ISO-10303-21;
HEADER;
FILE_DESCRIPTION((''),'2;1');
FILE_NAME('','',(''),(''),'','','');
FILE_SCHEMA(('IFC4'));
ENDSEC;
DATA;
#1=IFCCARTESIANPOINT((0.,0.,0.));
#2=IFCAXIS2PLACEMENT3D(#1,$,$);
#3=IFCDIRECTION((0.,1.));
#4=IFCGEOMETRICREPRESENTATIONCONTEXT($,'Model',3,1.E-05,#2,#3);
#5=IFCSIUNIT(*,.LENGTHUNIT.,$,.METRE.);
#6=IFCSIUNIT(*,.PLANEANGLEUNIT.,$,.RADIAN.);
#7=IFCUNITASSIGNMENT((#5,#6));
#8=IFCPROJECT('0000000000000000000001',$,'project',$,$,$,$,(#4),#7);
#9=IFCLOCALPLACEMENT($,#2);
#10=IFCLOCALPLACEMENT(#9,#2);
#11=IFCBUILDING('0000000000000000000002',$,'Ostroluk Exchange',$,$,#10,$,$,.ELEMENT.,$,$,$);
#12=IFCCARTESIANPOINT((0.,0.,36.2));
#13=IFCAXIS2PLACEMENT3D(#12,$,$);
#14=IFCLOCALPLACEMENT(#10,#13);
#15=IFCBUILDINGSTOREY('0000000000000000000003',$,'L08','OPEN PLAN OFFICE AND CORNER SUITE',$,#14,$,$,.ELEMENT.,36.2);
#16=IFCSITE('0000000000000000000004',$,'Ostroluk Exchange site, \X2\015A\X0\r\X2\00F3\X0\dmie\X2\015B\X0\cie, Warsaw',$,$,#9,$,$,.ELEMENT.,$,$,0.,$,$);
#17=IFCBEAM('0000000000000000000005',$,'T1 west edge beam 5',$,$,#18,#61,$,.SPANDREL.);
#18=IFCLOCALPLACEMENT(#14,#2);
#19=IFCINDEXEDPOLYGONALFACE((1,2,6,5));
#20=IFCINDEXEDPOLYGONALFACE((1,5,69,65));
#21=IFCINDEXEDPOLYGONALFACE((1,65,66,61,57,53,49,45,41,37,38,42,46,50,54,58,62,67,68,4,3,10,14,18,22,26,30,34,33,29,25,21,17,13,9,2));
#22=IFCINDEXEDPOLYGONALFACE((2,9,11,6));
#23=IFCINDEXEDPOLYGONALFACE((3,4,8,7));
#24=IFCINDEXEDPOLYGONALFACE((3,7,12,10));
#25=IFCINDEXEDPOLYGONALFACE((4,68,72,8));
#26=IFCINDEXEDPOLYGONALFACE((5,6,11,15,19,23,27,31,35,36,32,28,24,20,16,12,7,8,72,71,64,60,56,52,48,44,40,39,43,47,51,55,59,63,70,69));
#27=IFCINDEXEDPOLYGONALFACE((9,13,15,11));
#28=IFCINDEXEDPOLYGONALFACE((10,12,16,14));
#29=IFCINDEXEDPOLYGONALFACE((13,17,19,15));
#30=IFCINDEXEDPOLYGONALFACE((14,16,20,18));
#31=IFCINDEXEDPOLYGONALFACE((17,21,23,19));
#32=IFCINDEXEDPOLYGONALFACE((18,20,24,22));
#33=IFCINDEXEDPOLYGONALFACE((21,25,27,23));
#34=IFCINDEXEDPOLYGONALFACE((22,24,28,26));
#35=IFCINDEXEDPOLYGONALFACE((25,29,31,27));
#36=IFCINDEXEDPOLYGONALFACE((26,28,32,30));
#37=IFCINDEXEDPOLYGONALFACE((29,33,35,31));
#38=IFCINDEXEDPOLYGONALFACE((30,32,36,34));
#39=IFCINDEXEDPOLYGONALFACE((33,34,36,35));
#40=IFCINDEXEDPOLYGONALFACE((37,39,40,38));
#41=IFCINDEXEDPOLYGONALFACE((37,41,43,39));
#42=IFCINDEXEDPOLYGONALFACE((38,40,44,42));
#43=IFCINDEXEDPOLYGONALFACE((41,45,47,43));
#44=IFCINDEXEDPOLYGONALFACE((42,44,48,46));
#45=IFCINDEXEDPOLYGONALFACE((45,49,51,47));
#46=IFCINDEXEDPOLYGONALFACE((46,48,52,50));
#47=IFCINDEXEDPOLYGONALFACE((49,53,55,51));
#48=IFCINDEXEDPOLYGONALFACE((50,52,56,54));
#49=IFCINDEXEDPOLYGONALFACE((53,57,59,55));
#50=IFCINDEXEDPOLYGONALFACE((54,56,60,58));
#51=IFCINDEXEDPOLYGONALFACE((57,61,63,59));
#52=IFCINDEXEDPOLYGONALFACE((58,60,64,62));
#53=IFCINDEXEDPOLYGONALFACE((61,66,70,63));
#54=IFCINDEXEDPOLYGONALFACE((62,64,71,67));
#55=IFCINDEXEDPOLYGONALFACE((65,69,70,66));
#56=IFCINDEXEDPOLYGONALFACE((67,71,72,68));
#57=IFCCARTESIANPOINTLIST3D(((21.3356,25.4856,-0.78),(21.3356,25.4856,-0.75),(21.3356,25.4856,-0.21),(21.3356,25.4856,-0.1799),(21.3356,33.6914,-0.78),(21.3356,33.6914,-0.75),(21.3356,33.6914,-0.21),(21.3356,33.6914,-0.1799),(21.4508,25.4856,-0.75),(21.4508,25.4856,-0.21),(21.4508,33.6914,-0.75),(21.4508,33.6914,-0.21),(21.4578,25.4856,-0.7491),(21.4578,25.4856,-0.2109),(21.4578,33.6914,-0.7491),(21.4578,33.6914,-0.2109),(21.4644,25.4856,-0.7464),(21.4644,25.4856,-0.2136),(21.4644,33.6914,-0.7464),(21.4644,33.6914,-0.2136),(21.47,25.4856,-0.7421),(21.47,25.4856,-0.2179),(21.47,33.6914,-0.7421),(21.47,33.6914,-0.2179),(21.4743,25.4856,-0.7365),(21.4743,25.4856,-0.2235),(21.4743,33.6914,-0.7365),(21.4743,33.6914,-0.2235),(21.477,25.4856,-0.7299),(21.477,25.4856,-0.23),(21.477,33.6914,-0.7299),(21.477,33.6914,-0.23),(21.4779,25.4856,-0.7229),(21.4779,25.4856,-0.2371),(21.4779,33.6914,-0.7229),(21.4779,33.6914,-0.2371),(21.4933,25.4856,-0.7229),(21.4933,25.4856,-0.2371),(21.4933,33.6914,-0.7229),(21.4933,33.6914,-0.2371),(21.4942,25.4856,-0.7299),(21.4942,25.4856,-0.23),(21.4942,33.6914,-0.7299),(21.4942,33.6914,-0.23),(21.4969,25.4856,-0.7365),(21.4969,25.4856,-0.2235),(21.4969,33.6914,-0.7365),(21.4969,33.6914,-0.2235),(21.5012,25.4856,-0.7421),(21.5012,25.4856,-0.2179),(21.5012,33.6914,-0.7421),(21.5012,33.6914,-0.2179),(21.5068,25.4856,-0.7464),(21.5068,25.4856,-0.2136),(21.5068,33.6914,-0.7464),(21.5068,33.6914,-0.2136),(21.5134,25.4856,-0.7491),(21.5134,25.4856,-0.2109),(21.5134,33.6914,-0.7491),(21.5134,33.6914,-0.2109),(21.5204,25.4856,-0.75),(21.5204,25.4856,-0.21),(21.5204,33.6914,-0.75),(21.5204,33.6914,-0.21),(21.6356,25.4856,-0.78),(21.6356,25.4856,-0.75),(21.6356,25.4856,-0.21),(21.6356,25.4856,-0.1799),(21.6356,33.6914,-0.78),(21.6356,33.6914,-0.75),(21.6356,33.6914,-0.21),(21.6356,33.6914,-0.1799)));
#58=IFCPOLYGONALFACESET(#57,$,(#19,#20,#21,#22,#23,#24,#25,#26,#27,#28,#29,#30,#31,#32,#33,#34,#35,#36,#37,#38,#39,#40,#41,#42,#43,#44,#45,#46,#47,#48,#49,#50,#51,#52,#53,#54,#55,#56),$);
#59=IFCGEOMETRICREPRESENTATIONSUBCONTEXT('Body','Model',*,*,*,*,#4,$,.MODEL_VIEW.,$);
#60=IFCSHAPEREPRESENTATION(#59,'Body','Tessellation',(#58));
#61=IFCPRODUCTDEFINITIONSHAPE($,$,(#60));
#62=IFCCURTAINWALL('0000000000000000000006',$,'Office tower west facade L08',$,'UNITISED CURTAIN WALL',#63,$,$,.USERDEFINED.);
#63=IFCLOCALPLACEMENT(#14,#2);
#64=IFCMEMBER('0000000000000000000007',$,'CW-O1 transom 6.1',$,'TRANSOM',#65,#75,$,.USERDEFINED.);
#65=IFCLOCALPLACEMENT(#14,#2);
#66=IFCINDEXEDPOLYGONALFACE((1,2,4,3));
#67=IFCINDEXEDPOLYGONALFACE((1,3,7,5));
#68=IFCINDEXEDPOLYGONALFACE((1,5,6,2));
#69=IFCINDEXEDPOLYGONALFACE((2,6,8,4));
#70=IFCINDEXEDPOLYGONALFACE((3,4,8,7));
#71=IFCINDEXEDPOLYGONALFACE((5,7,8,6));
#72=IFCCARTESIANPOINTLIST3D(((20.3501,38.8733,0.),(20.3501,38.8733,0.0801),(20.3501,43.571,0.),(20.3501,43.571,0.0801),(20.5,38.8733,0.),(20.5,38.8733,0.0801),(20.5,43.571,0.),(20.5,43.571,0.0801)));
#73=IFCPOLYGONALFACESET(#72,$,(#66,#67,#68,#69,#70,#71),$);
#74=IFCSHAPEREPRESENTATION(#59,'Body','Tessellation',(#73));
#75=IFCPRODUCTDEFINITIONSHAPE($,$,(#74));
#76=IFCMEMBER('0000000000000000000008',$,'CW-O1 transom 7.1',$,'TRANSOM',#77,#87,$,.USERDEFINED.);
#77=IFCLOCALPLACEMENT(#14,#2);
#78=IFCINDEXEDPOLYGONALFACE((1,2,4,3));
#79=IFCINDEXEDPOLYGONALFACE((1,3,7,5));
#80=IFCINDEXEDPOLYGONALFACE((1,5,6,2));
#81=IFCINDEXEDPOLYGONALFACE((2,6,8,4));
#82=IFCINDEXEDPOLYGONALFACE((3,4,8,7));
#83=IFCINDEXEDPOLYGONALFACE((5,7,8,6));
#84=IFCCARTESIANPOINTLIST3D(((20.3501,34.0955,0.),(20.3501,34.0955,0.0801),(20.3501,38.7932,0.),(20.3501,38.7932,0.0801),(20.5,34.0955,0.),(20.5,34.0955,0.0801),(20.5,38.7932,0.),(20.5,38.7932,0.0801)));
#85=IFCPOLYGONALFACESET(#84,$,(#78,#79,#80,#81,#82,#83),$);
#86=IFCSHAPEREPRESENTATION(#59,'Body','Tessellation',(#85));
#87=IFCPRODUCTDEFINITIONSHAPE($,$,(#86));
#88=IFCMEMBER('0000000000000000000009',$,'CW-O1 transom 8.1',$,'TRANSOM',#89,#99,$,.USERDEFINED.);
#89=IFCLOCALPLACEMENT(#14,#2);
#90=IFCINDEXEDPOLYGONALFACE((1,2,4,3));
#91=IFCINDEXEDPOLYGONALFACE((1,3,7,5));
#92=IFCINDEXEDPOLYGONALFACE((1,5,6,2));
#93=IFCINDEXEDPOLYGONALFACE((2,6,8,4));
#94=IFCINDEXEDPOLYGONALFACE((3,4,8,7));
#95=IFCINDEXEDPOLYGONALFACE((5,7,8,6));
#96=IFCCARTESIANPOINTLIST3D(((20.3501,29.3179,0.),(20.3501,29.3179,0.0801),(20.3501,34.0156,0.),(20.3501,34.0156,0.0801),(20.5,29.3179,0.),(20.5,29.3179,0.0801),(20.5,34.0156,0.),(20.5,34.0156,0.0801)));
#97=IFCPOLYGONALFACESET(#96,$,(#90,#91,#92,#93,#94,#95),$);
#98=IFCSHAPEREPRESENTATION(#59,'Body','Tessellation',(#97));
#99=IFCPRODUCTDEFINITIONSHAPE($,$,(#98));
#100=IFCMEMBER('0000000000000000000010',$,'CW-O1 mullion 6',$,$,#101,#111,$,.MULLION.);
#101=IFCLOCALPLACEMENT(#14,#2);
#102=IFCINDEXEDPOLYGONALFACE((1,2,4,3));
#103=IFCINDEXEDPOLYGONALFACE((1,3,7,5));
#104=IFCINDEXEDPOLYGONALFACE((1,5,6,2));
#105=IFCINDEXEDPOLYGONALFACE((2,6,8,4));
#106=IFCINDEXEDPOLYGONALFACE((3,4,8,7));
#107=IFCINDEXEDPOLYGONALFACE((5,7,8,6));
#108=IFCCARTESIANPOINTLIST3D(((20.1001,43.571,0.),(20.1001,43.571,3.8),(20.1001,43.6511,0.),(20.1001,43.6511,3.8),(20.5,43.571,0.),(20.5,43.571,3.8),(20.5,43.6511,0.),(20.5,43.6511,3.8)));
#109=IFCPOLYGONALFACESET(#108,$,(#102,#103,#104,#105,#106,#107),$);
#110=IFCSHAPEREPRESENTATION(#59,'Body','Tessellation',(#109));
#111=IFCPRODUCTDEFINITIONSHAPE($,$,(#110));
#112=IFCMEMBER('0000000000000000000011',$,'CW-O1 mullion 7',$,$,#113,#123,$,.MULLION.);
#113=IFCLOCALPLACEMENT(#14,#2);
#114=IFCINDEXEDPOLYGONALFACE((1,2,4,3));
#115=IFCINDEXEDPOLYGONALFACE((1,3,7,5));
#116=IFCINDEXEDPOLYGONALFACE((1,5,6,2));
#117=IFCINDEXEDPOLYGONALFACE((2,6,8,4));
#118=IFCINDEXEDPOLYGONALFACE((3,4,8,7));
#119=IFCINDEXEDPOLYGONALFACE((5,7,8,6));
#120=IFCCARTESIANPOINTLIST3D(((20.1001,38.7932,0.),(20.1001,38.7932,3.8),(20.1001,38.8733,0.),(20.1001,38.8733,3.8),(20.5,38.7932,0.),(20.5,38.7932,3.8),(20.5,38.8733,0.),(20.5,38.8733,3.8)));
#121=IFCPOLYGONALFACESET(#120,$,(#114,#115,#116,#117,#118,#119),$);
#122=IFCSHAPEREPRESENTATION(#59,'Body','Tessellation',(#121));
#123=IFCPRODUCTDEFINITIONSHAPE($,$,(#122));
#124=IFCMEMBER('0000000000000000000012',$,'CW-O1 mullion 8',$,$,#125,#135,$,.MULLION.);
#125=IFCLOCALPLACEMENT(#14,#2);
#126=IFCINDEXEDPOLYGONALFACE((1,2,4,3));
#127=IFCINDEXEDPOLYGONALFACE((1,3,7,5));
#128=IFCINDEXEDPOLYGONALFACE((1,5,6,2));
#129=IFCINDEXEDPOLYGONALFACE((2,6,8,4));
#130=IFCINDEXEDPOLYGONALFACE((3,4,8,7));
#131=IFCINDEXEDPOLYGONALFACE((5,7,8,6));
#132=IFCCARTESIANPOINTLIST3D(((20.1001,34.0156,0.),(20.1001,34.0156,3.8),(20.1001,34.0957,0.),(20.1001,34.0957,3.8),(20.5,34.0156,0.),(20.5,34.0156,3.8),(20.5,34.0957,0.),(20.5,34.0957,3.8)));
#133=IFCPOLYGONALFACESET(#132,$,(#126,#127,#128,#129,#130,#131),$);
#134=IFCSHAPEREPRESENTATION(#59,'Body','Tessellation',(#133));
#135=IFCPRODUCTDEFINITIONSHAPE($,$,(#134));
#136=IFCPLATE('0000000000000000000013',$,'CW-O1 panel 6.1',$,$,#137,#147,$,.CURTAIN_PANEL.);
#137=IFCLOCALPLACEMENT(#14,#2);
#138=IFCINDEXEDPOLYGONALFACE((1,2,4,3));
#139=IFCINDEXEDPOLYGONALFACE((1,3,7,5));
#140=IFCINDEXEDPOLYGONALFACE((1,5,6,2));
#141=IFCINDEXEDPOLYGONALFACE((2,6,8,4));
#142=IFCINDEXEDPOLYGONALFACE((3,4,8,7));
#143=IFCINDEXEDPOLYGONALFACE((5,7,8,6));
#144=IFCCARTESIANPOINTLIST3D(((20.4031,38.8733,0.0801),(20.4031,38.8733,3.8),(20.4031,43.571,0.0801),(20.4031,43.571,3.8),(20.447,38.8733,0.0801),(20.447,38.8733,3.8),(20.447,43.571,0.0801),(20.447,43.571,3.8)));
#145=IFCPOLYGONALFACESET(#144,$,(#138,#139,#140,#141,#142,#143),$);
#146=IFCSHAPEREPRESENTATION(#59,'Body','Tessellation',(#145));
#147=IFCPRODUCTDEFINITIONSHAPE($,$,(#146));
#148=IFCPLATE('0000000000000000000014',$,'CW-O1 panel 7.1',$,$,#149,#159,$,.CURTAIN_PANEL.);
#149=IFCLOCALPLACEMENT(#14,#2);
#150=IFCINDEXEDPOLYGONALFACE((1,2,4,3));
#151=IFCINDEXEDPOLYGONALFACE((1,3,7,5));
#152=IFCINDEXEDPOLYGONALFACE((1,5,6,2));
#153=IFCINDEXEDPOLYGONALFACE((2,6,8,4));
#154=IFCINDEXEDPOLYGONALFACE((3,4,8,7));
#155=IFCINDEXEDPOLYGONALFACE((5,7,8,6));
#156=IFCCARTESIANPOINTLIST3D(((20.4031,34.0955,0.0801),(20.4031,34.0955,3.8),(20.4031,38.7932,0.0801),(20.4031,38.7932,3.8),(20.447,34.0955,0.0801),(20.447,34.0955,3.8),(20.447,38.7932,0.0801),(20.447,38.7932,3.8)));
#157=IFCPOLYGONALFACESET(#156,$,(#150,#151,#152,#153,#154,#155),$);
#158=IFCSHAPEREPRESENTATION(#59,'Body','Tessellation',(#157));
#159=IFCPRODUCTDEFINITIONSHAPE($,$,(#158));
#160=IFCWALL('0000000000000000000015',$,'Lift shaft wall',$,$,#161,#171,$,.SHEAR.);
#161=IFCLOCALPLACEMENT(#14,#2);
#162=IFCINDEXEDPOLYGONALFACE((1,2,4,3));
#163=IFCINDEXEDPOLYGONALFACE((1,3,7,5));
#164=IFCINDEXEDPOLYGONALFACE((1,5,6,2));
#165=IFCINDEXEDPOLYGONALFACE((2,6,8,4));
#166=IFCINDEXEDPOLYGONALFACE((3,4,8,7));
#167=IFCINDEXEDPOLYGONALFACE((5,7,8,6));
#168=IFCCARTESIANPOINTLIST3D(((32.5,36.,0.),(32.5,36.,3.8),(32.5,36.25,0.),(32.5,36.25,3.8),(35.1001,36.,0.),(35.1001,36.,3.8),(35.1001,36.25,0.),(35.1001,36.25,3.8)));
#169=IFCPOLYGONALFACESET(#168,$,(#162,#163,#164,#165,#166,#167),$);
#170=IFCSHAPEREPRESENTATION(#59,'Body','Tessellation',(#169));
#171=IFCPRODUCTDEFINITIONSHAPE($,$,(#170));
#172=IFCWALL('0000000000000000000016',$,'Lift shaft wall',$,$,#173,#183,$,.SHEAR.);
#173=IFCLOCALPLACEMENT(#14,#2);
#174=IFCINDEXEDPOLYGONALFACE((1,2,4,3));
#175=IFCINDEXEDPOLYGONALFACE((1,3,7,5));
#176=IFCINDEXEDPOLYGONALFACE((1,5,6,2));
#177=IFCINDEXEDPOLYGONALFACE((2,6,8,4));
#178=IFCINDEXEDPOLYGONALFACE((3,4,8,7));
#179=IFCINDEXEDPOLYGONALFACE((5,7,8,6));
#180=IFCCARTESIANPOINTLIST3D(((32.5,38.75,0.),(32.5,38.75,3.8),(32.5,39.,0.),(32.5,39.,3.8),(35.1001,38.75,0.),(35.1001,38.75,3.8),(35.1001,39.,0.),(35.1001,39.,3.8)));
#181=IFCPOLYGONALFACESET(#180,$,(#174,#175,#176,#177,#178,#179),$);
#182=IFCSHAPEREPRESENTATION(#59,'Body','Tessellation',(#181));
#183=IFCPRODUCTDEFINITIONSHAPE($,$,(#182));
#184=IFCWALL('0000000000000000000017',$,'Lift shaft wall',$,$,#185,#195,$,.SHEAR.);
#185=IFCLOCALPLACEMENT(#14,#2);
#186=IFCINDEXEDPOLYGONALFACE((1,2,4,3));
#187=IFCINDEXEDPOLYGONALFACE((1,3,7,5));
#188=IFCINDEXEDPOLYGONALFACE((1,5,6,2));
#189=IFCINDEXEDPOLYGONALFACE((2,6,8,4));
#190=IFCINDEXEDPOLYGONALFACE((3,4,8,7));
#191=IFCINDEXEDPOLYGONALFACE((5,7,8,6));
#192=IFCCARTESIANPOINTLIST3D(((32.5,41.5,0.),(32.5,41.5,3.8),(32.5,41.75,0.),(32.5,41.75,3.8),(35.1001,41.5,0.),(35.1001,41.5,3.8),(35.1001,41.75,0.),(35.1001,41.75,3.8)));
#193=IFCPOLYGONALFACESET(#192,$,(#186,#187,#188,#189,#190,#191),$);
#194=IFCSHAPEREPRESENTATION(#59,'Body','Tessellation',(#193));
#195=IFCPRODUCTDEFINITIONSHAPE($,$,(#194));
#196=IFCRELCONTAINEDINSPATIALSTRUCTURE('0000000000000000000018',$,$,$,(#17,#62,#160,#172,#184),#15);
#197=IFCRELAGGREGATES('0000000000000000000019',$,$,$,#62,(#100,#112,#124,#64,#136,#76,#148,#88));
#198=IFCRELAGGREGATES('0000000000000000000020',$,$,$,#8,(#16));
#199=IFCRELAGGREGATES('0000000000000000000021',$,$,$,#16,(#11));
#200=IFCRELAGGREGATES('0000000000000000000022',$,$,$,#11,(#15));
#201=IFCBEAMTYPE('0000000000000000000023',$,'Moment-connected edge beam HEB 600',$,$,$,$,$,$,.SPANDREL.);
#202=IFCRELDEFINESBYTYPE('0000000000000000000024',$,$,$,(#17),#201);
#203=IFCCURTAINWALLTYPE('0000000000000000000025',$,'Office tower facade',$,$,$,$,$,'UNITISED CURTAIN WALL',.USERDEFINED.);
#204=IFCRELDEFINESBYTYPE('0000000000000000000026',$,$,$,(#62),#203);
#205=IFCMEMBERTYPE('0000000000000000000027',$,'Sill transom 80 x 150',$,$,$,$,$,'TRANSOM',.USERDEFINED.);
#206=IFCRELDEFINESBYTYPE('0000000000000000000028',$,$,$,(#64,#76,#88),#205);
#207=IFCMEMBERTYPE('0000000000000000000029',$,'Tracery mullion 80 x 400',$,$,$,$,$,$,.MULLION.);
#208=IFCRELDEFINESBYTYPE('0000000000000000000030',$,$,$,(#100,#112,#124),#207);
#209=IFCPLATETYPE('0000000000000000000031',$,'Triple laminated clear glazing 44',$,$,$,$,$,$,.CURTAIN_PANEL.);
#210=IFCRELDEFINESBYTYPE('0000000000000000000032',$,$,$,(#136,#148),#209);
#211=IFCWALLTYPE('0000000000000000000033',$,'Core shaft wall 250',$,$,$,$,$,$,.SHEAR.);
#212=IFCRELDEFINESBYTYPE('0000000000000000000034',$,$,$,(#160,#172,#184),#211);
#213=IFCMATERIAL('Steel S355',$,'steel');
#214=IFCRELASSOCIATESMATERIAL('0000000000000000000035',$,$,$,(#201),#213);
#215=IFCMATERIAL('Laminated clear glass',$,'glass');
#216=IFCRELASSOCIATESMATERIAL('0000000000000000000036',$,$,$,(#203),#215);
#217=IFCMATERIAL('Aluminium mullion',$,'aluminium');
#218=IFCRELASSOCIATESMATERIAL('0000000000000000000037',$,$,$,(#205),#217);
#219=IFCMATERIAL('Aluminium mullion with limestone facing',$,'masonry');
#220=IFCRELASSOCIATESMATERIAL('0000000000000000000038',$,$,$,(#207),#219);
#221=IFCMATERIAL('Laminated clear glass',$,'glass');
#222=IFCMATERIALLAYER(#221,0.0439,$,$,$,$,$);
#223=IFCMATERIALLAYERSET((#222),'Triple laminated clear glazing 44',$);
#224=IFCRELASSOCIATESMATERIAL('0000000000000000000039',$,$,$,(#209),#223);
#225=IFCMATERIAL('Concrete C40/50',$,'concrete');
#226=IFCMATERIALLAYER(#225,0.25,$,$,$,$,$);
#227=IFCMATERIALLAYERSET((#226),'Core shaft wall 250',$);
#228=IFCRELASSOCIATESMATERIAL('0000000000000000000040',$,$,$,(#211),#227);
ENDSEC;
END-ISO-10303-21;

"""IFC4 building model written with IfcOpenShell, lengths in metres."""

from ifc_helpers import new_model, si_unit, direction, frame, frame_2d, origin, origin_2d, place, context, subcontext, project, spatial, rectangle, i_section, extrude, material, layer, layer_set, material_profile, profile_set, type_object, element, aggregate, save


model = new_model("IFC4")

# Units and contexts
model_context = context("Model", 3, precision=1e-05, world=origin(), true_north=direction((0.0, 1.0)))
body_context = subcontext(model_context, "Body", "Model", "MODEL_VIEW")
ifc_project = project(units=[si_unit("LENGTHUNIT", "METRE"), si_unit("PLANEANGLEUNIT", "RADIAN")], contexts=[model_context])

# Site, building, storey
site_placement = place(None, origin())
site = spatial("IfcSite", under=ifc_project, at=site_placement, Name="Ostroluk Exchange site, Śródmieście, Warsaw", CompositionType="ELEMENT", RefElevation=0.0)
building_placement = place(site_placement, origin())
building = spatial("IfcBuilding", under=site, at=building_placement, Name="Ostroluk Exchange", CompositionType="ELEMENT")
storey_placement = place(building_placement, frame((0.0, 0.0, 36.2)))
storey = spatial("IfcBuildingStorey", under=building, at=storey_placement, Name="L08", Description="OPEN PLAN OFFICE AND CORNER SUITE", CompositionType="ELEMENT", Elevation=36.2)

# Beam
ifc_material_1 = material(Name="Steel S355", Category="steel")
ifc_material_profile_1 = material_profile(ifc_material_1, i_section(OverallWidth=0.3, OverallDepth=0.6001, WebThickness=0.0154, FlangeThickness=0.03, FilletRadius=0.0271, at=origin_2d()), Name="HEB 600")
ifc_profile_set_1 = profile_set([ifc_material_profile_1], Name="Steel S355")
beam_type_1 = type_object("IfcBeamType", Name="Moment-connected edge beam HEB 600", PredefinedType="SPANDREL", material=ifc_profile_set_1)
for number, where, z_axis, x_axis, name in (
    (1, (21.4856, 33.6914, -0.48), (0.0, -1.0, 0.0), (1.0, 0.0, 0.0), "T1 west edge beam 5"),
):
    element("IfcBeam", number, at=place(storey_placement, frame(where, z_axis=z_axis, x_axis=x_axis)), inside=storey, type_object=beam_type_1, Name=name, PredefinedType="SPANDREL", context=body_context, shape_type="SweptSolid", body=[
        extrude(i_section(OverallWidth=0.3, OverallDepth=0.6001, WebThickness=0.0154, FlangeThickness=0.03, FilletRadius=0.0271, at=origin_2d()), origin(), (0.0, 0.0, 1.0), 8.2058),
    ])

# Curtain wall, members, plates
ifc_material_2 = material(Name="Laminated clear glass", Category="glass")
curtain_wall_type = type_object("IfcCurtainWallType", Name="Office tower facade", ElementType="UNITISED CURTAIN WALL", PredefinedType="USERDEFINED", material=ifc_material_2)
curtain_wall_placement = place(storey_placement, origin())
curtain_wall = element("IfcCurtainWall", 2, at=curtain_wall_placement, inside=storey, type_object=curtain_wall_type, Name="Office tower west facade L08", ObjectType="UNITISED CURTAIN WALL", PredefinedType="USERDEFINED")
ifc_material_3 = material(Name="Aluminium mullion", Category="aluminium")
ifc_material_profile_2 = material_profile(ifc_material_3, rectangle(XDim=0.1499, YDim=0.0801, at=origin_2d()), Name="Sill transom 80 x 150")
ifc_profile_set_2 = profile_set([ifc_material_profile_2], Name="Aluminium mullion")
member_type_1 = type_object("IfcMemberType", Name="Sill transom 80 x 150", ElementType="TRANSOM", PredefinedType="USERDEFINED", material=ifc_profile_set_2)
member_1_placement = place(storey_placement, frame((20.425, 43.571, 0.04), z_axis=(0.0, -1.0, 0.0), x_axis=(1.0, 0.0, 0.0)))
member_1 = element("IfcMember", 3, at=member_1_placement, type_object=member_type_1, Name="CW-O1 transom 6.1", ObjectType="TRANSOM", PredefinedType="USERDEFINED", context=body_context, shape_type="SweptSolid", body=[
    extrude(rectangle(XDim=0.1499, YDim=0.0801, at=origin_2d()), origin(), (0.0, 0.0, 1.0), 4.6978),
])
member_2_placement = place(storey_placement, frame((20.425, 38.7932, 0.04), z_axis=(0.0, -1.0, 0.0), x_axis=(1.0, 0.0, 0.0)))
member_2 = element("IfcMember", 4, at=member_2_placement, type_object=member_type_1, Name="CW-O1 transom 7.1", ObjectType="TRANSOM", PredefinedType="USERDEFINED", context=body_context, shape_type="SweptSolid", body=[
    extrude(rectangle(XDim=0.1499, YDim=0.0801, at=origin_2d()), origin(), (0.0, 0.0, 1.0), 4.6978),
])
member_3_placement = place(storey_placement, frame((20.425, 34.0156, 0.04), z_axis=(0.0, -1.0, 0.0), x_axis=(1.0, 0.0, 0.0)))
member_3 = element("IfcMember", 5, at=member_3_placement, type_object=member_type_1, Name="CW-O1 transom 8.1", ObjectType="TRANSOM", PredefinedType="USERDEFINED", context=body_context, shape_type="SweptSolid", body=[
    extrude(rectangle(XDim=0.1499, YDim=0.0801, at=origin_2d()), origin(), (0.0, 0.0, 1.0), 4.6978),
])
ifc_material_4 = material(Name="Aluminium mullion with limestone facing", Category="masonry")
ifc_material_profile_3 = material_profile(ifc_material_4, rectangle(XDim=0.3999, YDim=0.0801, at=origin_2d()), Name="Tracery mullion 80 x 400")
ifc_profile_set_3 = profile_set([ifc_material_profile_3], Name="Aluminium mullion with limestone facing")
member_type_2 = type_object("IfcMemberType", Name="Tracery mullion 80 x 400", PredefinedType="MULLION", material=ifc_profile_set_3)
member_4_placement = place(storey_placement, frame((20.3, 43.6111, 0.0), z_axis=(0.0, 0.0, 1.0), x_axis=(1.0, 0.0, 0.0)))
member_4 = element("IfcMember", 6, at=member_4_placement, type_object=member_type_2, Name="CW-O1 mullion 6", PredefinedType="MULLION", context=body_context, shape_type="SweptSolid", body=[
    extrude(rectangle(XDim=0.3999, YDim=0.0801, at=origin_2d()), origin(), (0.0, 0.0, 1.0), 3.8),
])
member_5_placement = place(storey_placement, frame((20.3, 38.8333, 0.0), z_axis=(0.0, 0.0, 1.0), x_axis=(1.0, 0.0, 0.0)))
member_5 = element("IfcMember", 7, at=member_5_placement, type_object=member_type_2, Name="CW-O1 mullion 7", PredefinedType="MULLION", context=body_context, shape_type="SweptSolid", body=[
    extrude(rectangle(XDim=0.3999, YDim=0.0801, at=origin_2d()), origin(), (0.0, 0.0, 1.0), 3.8),
])
member_6_placement = place(storey_placement, frame((20.3, 34.0557, 0.0), z_axis=(0.0, 0.0, 1.0), x_axis=(1.0, 0.0, 0.0)))
member_6 = element("IfcMember", 8, at=member_6_placement, type_object=member_type_2, Name="CW-O1 mullion 8", PredefinedType="MULLION", context=body_context, shape_type="SweptSolid", body=[
    extrude(rectangle(XDim=0.3999, YDim=0.0801, at=origin_2d()), origin(), (0.0, 0.0, 1.0), 3.8),
])
ifc_material_5 = material(Name="Laminated clear glass", Category="glass")
ifc_layer_1 = layer(ifc_material_5, 0.0439)
ifc_layer_set_1 = layer_set([ifc_layer_1], Name="Triple laminated clear glazing 44")
plate_type = type_object("IfcPlateType", Name="Triple laminated clear glazing 44", PredefinedType="CURTAIN_PANEL", material=ifc_layer_set_1)
plate_1_placement = place(storey_placement, frame((20.425, 41.2222, 0.0801), z_axis=(0.0, 0.0, 1.0), x_axis=(0.0, -1.0, 0.0)))
plate_1 = element("IfcPlate", 9, at=plate_1_placement, type_object=plate_type, Name="CW-O1 panel 6.1", PredefinedType="CURTAIN_PANEL", context=body_context, shape_type="SweptSolid", body=[
    extrude(rectangle(XDim=4.6978, YDim=0.0439, at=origin_2d()), origin(), (0.0, 0.0, 1.0), 3.72),
])
plate_2_placement = place(storey_placement, frame((20.425, 36.4443, 0.0801), z_axis=(0.0, 0.0, 1.0), x_axis=(0.0, -1.0, 0.0)))
plate_2 = element("IfcPlate", 10, at=plate_2_placement, type_object=plate_type, Name="CW-O1 panel 7.1", PredefinedType="CURTAIN_PANEL", context=body_context, shape_type="SweptSolid", body=[
    extrude(rectangle(XDim=4.6978, YDim=0.0439, at=origin_2d()), origin(), (0.0, 0.0, 1.0), 3.72),
])
aggregate(curtain_wall, [member_4, member_5, member_6, member_1, plate_1, member_2, plate_2, member_3])

# Walls
ifc_material_6 = material(Name="Concrete C40/50", Category="concrete")
ifc_layer_2 = layer(ifc_material_6, 0.25)
ifc_layer_set_2 = layer_set([ifc_layer_2], Name="Core shaft wall 250")
wall_type_1 = type_object("IfcWallType", Name="Core shaft wall 250", PredefinedType="SHEAR", material=ifc_layer_set_2)
for number, where, z_axis, x_axis, name in (
    (11, (32.5, 36.125, 0.0), (0.0, 0.0, 1.0), (1.0, 0.0, 0.0), "Lift shaft wall"),
    (12, (32.5, 38.875, 0.0), (0.0, 0.0, 1.0), (1.0, 0.0, 0.0), "Lift shaft wall"),
    (13, (32.5, 41.625, 0.0), (0.0, 0.0, 1.0), (1.0, 0.0, 0.0), "Lift shaft wall"),
):
    element("IfcWall", number, at=place(storey_placement, frame(where, z_axis=z_axis, x_axis=x_axis)), inside=storey, type_object=wall_type_1, Name=name, PredefinedType="SHEAR", context=body_context, shape_type="SweptSolid", body=[
        extrude(rectangle(XDim=2.6001, YDim=0.25, at=frame_2d((1.3, 0.0))), origin(), (0.0, 0.0, 1.0), 3.8),
    ])

save(model, "model.ifc")
